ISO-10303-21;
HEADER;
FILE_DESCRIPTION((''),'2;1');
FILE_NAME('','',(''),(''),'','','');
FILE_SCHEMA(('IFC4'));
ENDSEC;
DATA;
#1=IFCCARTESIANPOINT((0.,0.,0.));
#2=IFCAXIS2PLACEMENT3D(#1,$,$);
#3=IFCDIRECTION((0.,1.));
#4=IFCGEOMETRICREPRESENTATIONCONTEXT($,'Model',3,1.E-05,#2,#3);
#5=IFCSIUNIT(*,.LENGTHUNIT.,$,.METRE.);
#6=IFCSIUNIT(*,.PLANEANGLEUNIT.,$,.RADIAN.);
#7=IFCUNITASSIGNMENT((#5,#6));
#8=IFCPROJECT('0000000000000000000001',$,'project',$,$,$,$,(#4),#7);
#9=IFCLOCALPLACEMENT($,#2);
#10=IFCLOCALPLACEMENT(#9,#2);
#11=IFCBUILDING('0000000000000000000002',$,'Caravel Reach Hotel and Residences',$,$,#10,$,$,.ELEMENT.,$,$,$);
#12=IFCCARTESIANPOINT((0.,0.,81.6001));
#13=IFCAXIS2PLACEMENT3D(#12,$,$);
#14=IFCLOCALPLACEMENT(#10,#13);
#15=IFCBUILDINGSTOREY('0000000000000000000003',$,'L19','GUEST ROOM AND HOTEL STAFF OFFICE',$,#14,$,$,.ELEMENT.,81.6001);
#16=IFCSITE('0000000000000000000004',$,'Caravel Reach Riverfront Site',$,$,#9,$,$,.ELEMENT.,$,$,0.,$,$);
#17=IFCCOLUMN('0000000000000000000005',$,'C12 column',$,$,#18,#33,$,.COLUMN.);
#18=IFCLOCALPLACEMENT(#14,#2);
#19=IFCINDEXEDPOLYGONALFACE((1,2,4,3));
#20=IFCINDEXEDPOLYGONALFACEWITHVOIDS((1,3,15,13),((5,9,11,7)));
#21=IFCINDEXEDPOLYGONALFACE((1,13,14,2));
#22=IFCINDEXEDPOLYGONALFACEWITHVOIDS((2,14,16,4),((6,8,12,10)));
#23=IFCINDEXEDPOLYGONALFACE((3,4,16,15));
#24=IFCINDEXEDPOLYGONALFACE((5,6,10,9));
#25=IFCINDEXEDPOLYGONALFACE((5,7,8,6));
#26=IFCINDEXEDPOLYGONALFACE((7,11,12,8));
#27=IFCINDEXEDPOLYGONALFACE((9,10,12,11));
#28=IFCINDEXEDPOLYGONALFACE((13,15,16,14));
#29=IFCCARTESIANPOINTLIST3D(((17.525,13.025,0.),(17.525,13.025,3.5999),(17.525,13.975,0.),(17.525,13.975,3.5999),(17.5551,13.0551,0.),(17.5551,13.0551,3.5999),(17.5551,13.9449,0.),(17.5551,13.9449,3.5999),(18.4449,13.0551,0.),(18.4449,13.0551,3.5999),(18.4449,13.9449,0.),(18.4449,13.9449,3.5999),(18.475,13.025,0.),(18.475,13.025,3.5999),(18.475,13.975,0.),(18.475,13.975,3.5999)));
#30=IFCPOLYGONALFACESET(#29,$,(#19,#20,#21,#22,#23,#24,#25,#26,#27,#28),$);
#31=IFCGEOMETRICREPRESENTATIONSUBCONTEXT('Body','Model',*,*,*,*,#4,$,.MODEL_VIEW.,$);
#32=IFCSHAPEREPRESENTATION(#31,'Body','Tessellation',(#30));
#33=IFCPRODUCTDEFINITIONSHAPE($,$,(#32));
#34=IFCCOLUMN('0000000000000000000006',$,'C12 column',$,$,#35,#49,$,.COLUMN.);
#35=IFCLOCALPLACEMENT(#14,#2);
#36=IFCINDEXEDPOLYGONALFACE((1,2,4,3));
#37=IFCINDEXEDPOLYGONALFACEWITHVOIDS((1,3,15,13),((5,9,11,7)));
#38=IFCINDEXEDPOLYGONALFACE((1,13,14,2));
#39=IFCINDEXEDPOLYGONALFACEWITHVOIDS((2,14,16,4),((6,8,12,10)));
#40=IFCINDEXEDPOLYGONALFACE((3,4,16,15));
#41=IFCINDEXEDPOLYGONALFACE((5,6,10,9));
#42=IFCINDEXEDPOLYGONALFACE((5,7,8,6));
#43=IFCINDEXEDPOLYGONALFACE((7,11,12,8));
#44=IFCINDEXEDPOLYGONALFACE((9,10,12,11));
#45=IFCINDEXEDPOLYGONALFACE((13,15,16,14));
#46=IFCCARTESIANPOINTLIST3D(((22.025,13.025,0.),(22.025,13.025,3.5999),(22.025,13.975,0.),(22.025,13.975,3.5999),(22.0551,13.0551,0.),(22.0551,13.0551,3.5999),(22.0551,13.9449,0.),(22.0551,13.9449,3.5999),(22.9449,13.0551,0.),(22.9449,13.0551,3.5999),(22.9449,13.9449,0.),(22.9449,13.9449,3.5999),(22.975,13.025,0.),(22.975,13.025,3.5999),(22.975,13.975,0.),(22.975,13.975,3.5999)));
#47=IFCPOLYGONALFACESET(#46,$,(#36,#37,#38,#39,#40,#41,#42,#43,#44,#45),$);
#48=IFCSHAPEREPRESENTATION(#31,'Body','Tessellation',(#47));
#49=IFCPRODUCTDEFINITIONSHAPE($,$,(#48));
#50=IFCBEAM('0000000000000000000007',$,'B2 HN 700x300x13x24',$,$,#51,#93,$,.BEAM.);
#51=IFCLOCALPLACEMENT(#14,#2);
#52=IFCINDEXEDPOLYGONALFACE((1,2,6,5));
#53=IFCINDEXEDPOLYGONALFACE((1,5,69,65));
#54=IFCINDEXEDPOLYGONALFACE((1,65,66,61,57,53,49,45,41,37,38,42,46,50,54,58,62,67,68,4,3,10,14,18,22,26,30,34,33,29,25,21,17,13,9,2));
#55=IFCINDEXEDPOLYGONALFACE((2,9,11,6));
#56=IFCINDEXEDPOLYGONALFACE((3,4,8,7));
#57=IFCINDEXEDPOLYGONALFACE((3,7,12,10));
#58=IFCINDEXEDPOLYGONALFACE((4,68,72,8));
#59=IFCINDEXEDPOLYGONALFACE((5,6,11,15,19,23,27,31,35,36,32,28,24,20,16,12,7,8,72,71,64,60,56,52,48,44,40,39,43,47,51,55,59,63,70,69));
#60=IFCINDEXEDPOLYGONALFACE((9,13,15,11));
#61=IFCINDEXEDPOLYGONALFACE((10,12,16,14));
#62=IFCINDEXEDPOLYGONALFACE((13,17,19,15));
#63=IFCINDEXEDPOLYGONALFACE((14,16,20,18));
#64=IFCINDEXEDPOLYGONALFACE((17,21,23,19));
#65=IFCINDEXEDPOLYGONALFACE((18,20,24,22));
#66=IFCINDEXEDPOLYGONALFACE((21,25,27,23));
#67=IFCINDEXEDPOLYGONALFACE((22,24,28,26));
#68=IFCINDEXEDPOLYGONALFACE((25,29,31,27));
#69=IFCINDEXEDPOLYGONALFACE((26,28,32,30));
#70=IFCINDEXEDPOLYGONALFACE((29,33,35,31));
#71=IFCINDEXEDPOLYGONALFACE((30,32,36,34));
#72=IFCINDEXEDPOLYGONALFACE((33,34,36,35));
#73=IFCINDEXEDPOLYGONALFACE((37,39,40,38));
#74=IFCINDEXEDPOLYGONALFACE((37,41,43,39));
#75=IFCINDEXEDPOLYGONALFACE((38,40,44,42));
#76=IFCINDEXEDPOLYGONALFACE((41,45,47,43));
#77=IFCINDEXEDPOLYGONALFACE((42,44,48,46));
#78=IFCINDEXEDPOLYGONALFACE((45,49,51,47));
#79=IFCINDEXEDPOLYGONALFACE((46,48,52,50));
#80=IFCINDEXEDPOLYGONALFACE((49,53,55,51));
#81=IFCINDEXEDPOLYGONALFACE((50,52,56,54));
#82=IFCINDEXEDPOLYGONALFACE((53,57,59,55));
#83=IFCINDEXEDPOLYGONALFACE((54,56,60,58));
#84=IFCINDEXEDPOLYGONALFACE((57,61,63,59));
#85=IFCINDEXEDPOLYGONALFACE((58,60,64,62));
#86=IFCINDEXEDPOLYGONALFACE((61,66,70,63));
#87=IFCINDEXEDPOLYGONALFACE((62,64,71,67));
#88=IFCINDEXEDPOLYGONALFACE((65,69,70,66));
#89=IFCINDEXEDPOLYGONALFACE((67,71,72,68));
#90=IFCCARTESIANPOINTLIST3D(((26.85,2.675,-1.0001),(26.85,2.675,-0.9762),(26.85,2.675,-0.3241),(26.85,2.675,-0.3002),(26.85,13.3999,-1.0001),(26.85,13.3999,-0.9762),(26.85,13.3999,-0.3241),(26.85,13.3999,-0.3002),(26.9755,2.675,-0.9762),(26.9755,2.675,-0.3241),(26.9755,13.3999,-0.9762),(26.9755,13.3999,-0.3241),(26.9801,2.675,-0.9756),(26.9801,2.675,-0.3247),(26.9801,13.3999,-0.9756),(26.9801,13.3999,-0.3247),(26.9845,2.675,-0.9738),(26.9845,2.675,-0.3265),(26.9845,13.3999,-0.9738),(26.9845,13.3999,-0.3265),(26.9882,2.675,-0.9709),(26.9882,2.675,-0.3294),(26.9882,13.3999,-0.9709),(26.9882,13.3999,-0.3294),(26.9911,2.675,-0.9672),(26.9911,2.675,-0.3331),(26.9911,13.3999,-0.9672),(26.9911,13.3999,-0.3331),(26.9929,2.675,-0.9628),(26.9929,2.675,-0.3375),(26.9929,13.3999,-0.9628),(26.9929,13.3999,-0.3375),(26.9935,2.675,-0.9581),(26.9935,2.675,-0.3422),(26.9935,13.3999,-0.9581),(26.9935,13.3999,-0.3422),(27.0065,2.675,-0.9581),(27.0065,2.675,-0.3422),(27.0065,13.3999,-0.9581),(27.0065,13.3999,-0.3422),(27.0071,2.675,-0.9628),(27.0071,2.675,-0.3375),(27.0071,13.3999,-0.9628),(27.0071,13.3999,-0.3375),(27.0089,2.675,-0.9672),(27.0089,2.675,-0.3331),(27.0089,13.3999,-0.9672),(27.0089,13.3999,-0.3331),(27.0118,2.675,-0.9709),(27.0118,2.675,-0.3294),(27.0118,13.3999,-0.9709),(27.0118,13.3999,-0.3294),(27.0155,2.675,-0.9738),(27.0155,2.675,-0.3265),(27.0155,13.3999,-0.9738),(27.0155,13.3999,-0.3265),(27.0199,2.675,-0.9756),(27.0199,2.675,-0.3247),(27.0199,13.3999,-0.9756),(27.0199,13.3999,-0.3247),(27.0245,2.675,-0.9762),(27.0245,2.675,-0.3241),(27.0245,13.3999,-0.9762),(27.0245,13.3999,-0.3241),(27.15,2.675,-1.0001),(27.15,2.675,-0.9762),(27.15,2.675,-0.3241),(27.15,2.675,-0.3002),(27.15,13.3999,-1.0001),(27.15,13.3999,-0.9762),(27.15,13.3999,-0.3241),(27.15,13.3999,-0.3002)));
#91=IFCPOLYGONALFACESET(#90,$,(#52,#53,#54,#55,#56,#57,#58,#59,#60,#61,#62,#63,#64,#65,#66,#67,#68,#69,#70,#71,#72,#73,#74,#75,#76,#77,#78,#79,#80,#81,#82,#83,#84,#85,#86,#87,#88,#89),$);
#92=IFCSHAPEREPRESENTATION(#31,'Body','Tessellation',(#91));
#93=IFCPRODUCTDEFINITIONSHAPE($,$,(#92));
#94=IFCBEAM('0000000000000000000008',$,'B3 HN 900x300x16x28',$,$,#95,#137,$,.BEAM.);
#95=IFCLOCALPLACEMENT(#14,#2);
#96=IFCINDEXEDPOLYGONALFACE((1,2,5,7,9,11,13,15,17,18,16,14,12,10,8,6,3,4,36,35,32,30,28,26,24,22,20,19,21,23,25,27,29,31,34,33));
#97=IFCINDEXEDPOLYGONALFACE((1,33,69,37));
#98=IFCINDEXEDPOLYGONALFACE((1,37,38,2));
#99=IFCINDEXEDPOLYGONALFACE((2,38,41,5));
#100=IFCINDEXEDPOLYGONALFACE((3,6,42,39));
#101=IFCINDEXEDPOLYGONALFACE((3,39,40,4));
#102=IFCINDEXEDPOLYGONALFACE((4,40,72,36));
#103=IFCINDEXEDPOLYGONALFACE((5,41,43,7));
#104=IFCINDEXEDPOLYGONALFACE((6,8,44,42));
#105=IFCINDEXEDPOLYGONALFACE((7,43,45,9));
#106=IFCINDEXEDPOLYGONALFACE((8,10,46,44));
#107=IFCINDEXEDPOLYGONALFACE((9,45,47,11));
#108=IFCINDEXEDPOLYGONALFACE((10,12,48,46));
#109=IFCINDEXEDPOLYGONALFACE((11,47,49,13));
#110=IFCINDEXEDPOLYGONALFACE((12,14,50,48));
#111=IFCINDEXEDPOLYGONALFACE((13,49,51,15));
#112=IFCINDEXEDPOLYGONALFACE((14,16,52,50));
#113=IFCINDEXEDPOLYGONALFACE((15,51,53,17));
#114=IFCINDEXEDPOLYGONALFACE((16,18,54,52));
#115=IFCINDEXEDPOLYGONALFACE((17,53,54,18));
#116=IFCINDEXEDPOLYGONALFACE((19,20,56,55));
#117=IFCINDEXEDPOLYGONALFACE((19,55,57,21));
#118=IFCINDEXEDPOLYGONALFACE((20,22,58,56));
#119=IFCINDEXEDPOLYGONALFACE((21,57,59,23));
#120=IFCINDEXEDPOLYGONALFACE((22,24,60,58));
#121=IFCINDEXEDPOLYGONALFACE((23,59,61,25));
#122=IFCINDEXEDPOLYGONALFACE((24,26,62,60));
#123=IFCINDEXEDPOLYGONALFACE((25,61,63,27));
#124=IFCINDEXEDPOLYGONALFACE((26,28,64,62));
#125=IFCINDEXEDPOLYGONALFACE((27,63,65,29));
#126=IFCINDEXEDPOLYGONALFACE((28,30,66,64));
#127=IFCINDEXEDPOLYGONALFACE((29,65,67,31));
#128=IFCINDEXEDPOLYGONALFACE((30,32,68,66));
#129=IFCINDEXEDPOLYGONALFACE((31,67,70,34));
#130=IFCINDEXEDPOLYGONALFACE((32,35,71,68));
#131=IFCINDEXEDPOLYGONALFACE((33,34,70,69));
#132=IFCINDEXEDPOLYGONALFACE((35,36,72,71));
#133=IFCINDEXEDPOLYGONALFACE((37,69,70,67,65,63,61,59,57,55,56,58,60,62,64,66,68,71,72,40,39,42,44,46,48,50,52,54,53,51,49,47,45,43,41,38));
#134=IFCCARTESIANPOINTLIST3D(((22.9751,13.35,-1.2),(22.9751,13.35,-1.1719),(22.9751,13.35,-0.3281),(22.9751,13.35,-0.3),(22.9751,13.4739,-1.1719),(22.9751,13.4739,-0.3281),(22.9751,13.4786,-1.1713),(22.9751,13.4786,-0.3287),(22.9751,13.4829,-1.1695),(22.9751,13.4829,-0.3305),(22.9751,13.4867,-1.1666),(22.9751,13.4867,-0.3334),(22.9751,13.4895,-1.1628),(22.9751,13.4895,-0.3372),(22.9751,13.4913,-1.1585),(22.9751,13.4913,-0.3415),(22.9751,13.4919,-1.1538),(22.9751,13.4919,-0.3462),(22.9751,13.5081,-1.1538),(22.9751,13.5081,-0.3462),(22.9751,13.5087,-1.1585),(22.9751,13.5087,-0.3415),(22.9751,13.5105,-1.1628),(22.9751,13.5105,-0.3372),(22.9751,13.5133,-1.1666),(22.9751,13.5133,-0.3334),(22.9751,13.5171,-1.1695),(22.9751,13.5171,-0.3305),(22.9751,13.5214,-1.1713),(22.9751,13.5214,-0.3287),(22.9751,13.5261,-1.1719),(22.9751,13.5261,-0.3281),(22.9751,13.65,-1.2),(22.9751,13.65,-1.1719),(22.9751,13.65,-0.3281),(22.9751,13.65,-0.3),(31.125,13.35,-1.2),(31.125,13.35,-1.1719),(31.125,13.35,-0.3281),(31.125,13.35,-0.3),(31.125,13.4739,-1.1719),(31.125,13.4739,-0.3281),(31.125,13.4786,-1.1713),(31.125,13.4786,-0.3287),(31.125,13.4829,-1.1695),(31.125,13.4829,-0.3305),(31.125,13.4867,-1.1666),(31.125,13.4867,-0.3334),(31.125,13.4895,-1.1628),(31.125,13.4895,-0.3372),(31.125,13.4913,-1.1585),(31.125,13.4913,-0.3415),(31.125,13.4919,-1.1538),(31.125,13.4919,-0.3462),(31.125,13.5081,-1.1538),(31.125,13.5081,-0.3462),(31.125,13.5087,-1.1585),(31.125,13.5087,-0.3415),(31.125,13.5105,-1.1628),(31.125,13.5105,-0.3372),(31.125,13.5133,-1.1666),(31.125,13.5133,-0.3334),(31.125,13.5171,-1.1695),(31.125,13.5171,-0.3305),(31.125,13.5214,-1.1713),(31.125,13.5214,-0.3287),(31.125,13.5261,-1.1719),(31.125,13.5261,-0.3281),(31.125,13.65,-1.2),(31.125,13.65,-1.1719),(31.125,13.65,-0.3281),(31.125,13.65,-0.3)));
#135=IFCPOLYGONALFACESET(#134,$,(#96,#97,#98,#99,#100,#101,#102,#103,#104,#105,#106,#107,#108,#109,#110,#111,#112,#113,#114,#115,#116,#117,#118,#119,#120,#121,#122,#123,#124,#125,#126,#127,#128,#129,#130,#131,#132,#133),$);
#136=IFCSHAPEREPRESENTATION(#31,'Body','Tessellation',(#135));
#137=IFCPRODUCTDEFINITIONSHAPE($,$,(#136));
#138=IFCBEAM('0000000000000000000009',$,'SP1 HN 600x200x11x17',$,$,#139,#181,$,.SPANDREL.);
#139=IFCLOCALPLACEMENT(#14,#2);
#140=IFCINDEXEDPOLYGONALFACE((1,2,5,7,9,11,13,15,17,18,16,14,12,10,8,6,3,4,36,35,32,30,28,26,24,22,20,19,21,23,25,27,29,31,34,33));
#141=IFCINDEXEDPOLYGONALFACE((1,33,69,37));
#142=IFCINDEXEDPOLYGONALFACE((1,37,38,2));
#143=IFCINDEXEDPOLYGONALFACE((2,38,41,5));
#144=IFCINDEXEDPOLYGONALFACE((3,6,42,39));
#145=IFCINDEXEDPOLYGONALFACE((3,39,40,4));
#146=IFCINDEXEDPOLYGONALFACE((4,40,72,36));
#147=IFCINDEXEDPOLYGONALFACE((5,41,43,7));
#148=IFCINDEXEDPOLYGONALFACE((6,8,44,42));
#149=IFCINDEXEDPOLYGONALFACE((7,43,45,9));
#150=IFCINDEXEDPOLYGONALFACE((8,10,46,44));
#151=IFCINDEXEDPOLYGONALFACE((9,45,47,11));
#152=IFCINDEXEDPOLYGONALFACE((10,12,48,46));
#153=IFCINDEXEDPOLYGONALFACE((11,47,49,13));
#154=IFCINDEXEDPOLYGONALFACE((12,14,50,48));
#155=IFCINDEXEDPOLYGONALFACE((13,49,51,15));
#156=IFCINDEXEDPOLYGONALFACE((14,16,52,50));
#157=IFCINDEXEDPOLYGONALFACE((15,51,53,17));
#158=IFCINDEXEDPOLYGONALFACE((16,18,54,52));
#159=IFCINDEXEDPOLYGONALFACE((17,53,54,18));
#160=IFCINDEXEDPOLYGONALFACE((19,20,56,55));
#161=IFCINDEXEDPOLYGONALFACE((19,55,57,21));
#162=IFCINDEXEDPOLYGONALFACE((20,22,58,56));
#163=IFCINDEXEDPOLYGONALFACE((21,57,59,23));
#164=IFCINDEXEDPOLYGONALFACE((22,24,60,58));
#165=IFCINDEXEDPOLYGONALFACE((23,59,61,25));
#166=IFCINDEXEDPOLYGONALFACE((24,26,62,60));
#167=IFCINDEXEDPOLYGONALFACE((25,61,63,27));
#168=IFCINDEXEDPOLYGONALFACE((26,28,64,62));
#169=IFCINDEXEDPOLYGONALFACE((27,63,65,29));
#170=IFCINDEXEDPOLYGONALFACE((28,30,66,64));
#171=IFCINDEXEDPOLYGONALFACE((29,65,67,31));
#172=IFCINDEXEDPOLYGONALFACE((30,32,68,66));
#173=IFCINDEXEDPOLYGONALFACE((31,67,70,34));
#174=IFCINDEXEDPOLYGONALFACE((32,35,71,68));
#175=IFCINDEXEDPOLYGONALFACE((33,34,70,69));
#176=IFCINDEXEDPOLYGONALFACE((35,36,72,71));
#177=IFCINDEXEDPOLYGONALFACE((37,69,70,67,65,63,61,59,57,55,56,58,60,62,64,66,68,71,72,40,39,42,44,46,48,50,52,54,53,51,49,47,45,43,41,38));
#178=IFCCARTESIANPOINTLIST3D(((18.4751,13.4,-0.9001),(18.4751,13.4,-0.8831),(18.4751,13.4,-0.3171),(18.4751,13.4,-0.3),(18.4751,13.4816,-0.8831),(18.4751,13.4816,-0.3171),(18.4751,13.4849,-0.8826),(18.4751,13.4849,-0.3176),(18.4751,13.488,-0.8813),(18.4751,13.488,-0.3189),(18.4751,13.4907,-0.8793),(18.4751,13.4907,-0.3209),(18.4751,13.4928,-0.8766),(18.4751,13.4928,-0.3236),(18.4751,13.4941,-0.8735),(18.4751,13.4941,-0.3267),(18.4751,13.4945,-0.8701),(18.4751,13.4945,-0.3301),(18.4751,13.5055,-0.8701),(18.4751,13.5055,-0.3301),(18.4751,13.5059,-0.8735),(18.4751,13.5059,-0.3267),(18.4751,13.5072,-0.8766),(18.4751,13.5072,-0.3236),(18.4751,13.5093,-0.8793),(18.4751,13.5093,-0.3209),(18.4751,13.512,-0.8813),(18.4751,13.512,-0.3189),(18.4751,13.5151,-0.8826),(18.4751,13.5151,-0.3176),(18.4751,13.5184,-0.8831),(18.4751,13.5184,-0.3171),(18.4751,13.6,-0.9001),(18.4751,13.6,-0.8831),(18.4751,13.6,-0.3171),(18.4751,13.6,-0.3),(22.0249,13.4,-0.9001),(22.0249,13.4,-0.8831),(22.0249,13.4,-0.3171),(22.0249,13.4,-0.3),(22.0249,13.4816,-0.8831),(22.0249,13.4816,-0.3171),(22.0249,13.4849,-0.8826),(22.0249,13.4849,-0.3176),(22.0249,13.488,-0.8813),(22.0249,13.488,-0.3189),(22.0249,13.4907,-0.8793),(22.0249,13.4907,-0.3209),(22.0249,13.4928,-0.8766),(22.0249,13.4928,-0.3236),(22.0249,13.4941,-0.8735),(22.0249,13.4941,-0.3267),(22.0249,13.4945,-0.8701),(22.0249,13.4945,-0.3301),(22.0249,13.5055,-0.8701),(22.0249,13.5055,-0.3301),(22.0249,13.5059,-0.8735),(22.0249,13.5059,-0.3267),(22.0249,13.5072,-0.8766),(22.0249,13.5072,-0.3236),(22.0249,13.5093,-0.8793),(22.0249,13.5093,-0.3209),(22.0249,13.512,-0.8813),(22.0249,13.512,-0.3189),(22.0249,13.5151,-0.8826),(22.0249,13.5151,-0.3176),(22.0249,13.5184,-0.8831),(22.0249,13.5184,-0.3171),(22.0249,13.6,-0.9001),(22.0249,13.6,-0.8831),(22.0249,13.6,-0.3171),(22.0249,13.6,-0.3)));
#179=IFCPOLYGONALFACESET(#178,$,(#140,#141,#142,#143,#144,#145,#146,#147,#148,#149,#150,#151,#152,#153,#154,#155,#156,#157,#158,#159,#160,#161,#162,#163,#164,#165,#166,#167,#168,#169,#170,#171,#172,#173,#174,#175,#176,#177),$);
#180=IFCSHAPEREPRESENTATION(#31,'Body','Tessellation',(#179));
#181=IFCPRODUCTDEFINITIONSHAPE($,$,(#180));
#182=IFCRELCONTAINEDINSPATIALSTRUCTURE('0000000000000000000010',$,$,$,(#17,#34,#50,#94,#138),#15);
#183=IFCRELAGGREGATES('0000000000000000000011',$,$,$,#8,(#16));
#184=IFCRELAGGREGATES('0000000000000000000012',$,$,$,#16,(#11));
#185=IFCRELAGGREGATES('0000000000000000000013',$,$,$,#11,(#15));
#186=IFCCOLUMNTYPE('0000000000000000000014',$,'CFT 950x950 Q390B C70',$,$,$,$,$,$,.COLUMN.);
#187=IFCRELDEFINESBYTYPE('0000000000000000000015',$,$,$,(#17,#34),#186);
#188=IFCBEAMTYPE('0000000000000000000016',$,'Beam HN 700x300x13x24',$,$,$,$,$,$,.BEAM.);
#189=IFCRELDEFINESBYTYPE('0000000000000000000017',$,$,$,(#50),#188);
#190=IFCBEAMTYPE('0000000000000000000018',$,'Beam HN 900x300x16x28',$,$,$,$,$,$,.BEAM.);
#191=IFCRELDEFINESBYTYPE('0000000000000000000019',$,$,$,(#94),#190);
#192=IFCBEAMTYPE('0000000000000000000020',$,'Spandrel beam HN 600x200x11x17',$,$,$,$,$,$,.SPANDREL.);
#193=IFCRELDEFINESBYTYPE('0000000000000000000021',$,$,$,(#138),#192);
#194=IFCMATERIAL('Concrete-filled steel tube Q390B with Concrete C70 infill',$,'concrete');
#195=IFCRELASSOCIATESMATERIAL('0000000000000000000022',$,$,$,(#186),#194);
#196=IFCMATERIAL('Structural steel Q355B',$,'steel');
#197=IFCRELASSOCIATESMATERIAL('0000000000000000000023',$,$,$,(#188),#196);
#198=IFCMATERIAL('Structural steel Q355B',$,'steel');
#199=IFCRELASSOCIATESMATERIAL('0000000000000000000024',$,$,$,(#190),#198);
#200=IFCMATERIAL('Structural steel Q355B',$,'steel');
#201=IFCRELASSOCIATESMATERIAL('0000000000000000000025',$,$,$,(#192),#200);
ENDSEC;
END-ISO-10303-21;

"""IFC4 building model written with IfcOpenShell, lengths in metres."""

from ifc_helpers import new_model, si_unit, direction, frame, origin, origin_2d, place, context, subcontext, project, spatial, hollow_rectangle, i_section, extrude, material, material_profile, profile_set, type_object, element, save


model = new_model("IFC4")

# Units and contexts
model_context = context("Model", 3, precision=1e-05, world=origin(), true_north=direction((0.0, 1.0)))
body_context = subcontext(model_context, "Body", "Model", "MODEL_VIEW")
ifc_project = project(units=[si_unit("LENGTHUNIT", "METRE"), si_unit("PLANEANGLEUNIT", "RADIAN")], contexts=[model_context])

# Site, building, storey
site_placement = place(None, origin())
site = spatial("IfcSite", under=ifc_project, at=site_placement, Name="Caravel Reach Riverfront Site", CompositionType="ELEMENT", RefElevation=0.0)
building_placement = place(site_placement, origin())
building = spatial("IfcBuilding", under=site, at=building_placement, Name="Caravel Reach Hotel and Residences", CompositionType="ELEMENT")
storey_placement = place(building_placement, frame((0.0, 0.0, 81.6001)))
storey = spatial("IfcBuildingStorey", under=building, at=storey_placement, Name="L19", Description="GUEST ROOM AND HOTEL STAFF OFFICE", CompositionType="ELEMENT", Elevation=81.6001)

# Columns
ifc_material_1 = material(Name="Concrete-filled steel tube Q390B with Concrete C70 infill", Category="concrete")
ifc_material_profile_1 = material_profile(ifc_material_1, hollow_rectangle(XDim=0.95, YDim=0.95, WallThickness=0.03, at=origin_2d()), Name="RHS 950x950x30")
ifc_profile_set_1 = profile_set([ifc_material_profile_1], Name="Concrete-filled steel tube Q390B with Concrete C70 infill")
column_type = type_object("IfcColumnType", Name="CFT 950x950 Q390B C70", PredefinedType="COLUMN", material=ifc_profile_set_1)
for number, where, z_axis, x_axis, name in (
    (1, (18.0, 13.5, 0.0), (0.0, 0.0, 1.0), (1.0, 0.0, 0.0), "C12 column"),
    (2, (22.5, 13.5, 0.0), (0.0, 0.0, 1.0), (1.0, 0.0, 0.0), "C12 column"),
):
    element("IfcColumn", number, at=place(storey_placement, frame(where, z_axis=z_axis, x_axis=x_axis)), inside=storey, type_object=column_type, Name=name, PredefinedType="COLUMN", context=body_context, shape_type="SweptSolid", body=[
        extrude(hollow_rectangle(XDim=0.95, YDim=0.95, WallThickness=0.03, at=origin_2d()), origin(), (0.0, 0.0, 1.0), 3.5999),
    ])

# Beams
ifc_material_2 = material(Name="Structural steel Q355B", Category="steel")
ifc_material_profile_2 = material_profile(ifc_material_2, i_section(OverallWidth=0.3, OverallDepth=0.7, WebThickness=0.0129, FlangeThickness=0.0239, FilletRadius=0.0181, at=origin_2d()), Name="HN 700x300x13x24")
ifc_profile_set_2 = profile_set([ifc_material_profile_2], Name="Structural steel Q355B")
beam_type_1 = type_object("IfcBeamType", Name="Beam HN 700x300x13x24", PredefinedType="BEAM", material=ifc_profile_set_2)
beam_1_placement = place(storey_placement, frame((27.0, 13.3999, -0.6501), z_axis=(0.0, -1.0, 0.0), x_axis=(1.0, 0.0, 0.0)))
element("IfcBeam", 3, at=beam_1_placement, inside=storey, type_object=beam_type_1, Name="B2 HN 700x300x13x24", PredefinedType="BEAM", context=body_context, shape_type="SweptSolid", body=[
    extrude(i_section(OverallWidth=0.3, OverallDepth=0.7, WebThickness=0.0129, FlangeThickness=0.0239, FilletRadius=0.0181, at=origin_2d()), origin(), (0.0, 0.0, 1.0), 10.7249),
])
ifc_material_3 = material(Name="Structural steel Q355B", Category="steel")
ifc_material_profile_3 = material_profile(ifc_material_3, i_section(OverallWidth=0.3, OverallDepth=0.8999, WebThickness=0.0161, FlangeThickness=0.0281, FilletRadius=0.0181, at=origin_2d()), Name="HN 900x300x16x28")
ifc_profile_set_3 = profile_set([ifc_material_profile_3], Name="Structural steel Q355B")
beam_type_2 = type_object("IfcBeamType", Name="Beam HN 900x300x16x28", PredefinedType="BEAM", material=ifc_profile_set_3)
beam_2_placement = place(storey_placement, frame((22.9751, 13.5, -0.75), z_axis=(1.0, 0.0, 0.0), x_axis=(0.0, 1.0, 0.0)))
element("IfcBeam", 4, at=beam_2_placement, inside=storey, type_object=beam_type_2, Name="B3 HN 900x300x16x28", PredefinedType="BEAM", context=body_context, shape_type="SweptSolid", body=[
    extrude(i_section(OverallWidth=0.3, OverallDepth=0.8999, WebThickness=0.0161, FlangeThickness=0.0281, FilletRadius=0.0181, at=origin_2d()), origin(), (0.0, 0.0, 1.0), 8.1499),
])
ifc_material_4 = material(Name="Structural steel Q355B", Category="steel")
ifc_material_profile_4 = material_profile(ifc_material_4, i_section(OverallWidth=0.2, OverallDepth=0.6001, WebThickness=0.011, FlangeThickness=0.0171, FilletRadius=0.0129, at=origin_2d()), Name="HN 600x200x11x17")
ifc_profile_set_4 = profile_set([ifc_material_profile_4], Name="Structural steel Q355B")
beam_type_3 = type_object("IfcBeamType", Name="Spandrel beam HN 600x200x11x17", PredefinedType="SPANDREL", material=ifc_profile_set_4)
beam_3_placement = place(storey_placement, frame((18.4751, 13.5, -0.6001), z_axis=(1.0, 0.0, 0.0), x_axis=(0.0, 1.0, 0.0)))
element("IfcBeam", 5, at=beam_3_placement, inside=storey, type_object=beam_type_3, Name="SP1 HN 600x200x11x17", PredefinedType="SPANDREL", context=body_context, shape_type="SweptSolid", body=[
    extrude(i_section(OverallWidth=0.2, OverallDepth=0.6001, WebThickness=0.011, FlangeThickness=0.0171, FilletRadius=0.0129, at=origin_2d()), origin(), (0.0, 0.0, 1.0), 3.5498),
])

save(model, "model.ifc")
